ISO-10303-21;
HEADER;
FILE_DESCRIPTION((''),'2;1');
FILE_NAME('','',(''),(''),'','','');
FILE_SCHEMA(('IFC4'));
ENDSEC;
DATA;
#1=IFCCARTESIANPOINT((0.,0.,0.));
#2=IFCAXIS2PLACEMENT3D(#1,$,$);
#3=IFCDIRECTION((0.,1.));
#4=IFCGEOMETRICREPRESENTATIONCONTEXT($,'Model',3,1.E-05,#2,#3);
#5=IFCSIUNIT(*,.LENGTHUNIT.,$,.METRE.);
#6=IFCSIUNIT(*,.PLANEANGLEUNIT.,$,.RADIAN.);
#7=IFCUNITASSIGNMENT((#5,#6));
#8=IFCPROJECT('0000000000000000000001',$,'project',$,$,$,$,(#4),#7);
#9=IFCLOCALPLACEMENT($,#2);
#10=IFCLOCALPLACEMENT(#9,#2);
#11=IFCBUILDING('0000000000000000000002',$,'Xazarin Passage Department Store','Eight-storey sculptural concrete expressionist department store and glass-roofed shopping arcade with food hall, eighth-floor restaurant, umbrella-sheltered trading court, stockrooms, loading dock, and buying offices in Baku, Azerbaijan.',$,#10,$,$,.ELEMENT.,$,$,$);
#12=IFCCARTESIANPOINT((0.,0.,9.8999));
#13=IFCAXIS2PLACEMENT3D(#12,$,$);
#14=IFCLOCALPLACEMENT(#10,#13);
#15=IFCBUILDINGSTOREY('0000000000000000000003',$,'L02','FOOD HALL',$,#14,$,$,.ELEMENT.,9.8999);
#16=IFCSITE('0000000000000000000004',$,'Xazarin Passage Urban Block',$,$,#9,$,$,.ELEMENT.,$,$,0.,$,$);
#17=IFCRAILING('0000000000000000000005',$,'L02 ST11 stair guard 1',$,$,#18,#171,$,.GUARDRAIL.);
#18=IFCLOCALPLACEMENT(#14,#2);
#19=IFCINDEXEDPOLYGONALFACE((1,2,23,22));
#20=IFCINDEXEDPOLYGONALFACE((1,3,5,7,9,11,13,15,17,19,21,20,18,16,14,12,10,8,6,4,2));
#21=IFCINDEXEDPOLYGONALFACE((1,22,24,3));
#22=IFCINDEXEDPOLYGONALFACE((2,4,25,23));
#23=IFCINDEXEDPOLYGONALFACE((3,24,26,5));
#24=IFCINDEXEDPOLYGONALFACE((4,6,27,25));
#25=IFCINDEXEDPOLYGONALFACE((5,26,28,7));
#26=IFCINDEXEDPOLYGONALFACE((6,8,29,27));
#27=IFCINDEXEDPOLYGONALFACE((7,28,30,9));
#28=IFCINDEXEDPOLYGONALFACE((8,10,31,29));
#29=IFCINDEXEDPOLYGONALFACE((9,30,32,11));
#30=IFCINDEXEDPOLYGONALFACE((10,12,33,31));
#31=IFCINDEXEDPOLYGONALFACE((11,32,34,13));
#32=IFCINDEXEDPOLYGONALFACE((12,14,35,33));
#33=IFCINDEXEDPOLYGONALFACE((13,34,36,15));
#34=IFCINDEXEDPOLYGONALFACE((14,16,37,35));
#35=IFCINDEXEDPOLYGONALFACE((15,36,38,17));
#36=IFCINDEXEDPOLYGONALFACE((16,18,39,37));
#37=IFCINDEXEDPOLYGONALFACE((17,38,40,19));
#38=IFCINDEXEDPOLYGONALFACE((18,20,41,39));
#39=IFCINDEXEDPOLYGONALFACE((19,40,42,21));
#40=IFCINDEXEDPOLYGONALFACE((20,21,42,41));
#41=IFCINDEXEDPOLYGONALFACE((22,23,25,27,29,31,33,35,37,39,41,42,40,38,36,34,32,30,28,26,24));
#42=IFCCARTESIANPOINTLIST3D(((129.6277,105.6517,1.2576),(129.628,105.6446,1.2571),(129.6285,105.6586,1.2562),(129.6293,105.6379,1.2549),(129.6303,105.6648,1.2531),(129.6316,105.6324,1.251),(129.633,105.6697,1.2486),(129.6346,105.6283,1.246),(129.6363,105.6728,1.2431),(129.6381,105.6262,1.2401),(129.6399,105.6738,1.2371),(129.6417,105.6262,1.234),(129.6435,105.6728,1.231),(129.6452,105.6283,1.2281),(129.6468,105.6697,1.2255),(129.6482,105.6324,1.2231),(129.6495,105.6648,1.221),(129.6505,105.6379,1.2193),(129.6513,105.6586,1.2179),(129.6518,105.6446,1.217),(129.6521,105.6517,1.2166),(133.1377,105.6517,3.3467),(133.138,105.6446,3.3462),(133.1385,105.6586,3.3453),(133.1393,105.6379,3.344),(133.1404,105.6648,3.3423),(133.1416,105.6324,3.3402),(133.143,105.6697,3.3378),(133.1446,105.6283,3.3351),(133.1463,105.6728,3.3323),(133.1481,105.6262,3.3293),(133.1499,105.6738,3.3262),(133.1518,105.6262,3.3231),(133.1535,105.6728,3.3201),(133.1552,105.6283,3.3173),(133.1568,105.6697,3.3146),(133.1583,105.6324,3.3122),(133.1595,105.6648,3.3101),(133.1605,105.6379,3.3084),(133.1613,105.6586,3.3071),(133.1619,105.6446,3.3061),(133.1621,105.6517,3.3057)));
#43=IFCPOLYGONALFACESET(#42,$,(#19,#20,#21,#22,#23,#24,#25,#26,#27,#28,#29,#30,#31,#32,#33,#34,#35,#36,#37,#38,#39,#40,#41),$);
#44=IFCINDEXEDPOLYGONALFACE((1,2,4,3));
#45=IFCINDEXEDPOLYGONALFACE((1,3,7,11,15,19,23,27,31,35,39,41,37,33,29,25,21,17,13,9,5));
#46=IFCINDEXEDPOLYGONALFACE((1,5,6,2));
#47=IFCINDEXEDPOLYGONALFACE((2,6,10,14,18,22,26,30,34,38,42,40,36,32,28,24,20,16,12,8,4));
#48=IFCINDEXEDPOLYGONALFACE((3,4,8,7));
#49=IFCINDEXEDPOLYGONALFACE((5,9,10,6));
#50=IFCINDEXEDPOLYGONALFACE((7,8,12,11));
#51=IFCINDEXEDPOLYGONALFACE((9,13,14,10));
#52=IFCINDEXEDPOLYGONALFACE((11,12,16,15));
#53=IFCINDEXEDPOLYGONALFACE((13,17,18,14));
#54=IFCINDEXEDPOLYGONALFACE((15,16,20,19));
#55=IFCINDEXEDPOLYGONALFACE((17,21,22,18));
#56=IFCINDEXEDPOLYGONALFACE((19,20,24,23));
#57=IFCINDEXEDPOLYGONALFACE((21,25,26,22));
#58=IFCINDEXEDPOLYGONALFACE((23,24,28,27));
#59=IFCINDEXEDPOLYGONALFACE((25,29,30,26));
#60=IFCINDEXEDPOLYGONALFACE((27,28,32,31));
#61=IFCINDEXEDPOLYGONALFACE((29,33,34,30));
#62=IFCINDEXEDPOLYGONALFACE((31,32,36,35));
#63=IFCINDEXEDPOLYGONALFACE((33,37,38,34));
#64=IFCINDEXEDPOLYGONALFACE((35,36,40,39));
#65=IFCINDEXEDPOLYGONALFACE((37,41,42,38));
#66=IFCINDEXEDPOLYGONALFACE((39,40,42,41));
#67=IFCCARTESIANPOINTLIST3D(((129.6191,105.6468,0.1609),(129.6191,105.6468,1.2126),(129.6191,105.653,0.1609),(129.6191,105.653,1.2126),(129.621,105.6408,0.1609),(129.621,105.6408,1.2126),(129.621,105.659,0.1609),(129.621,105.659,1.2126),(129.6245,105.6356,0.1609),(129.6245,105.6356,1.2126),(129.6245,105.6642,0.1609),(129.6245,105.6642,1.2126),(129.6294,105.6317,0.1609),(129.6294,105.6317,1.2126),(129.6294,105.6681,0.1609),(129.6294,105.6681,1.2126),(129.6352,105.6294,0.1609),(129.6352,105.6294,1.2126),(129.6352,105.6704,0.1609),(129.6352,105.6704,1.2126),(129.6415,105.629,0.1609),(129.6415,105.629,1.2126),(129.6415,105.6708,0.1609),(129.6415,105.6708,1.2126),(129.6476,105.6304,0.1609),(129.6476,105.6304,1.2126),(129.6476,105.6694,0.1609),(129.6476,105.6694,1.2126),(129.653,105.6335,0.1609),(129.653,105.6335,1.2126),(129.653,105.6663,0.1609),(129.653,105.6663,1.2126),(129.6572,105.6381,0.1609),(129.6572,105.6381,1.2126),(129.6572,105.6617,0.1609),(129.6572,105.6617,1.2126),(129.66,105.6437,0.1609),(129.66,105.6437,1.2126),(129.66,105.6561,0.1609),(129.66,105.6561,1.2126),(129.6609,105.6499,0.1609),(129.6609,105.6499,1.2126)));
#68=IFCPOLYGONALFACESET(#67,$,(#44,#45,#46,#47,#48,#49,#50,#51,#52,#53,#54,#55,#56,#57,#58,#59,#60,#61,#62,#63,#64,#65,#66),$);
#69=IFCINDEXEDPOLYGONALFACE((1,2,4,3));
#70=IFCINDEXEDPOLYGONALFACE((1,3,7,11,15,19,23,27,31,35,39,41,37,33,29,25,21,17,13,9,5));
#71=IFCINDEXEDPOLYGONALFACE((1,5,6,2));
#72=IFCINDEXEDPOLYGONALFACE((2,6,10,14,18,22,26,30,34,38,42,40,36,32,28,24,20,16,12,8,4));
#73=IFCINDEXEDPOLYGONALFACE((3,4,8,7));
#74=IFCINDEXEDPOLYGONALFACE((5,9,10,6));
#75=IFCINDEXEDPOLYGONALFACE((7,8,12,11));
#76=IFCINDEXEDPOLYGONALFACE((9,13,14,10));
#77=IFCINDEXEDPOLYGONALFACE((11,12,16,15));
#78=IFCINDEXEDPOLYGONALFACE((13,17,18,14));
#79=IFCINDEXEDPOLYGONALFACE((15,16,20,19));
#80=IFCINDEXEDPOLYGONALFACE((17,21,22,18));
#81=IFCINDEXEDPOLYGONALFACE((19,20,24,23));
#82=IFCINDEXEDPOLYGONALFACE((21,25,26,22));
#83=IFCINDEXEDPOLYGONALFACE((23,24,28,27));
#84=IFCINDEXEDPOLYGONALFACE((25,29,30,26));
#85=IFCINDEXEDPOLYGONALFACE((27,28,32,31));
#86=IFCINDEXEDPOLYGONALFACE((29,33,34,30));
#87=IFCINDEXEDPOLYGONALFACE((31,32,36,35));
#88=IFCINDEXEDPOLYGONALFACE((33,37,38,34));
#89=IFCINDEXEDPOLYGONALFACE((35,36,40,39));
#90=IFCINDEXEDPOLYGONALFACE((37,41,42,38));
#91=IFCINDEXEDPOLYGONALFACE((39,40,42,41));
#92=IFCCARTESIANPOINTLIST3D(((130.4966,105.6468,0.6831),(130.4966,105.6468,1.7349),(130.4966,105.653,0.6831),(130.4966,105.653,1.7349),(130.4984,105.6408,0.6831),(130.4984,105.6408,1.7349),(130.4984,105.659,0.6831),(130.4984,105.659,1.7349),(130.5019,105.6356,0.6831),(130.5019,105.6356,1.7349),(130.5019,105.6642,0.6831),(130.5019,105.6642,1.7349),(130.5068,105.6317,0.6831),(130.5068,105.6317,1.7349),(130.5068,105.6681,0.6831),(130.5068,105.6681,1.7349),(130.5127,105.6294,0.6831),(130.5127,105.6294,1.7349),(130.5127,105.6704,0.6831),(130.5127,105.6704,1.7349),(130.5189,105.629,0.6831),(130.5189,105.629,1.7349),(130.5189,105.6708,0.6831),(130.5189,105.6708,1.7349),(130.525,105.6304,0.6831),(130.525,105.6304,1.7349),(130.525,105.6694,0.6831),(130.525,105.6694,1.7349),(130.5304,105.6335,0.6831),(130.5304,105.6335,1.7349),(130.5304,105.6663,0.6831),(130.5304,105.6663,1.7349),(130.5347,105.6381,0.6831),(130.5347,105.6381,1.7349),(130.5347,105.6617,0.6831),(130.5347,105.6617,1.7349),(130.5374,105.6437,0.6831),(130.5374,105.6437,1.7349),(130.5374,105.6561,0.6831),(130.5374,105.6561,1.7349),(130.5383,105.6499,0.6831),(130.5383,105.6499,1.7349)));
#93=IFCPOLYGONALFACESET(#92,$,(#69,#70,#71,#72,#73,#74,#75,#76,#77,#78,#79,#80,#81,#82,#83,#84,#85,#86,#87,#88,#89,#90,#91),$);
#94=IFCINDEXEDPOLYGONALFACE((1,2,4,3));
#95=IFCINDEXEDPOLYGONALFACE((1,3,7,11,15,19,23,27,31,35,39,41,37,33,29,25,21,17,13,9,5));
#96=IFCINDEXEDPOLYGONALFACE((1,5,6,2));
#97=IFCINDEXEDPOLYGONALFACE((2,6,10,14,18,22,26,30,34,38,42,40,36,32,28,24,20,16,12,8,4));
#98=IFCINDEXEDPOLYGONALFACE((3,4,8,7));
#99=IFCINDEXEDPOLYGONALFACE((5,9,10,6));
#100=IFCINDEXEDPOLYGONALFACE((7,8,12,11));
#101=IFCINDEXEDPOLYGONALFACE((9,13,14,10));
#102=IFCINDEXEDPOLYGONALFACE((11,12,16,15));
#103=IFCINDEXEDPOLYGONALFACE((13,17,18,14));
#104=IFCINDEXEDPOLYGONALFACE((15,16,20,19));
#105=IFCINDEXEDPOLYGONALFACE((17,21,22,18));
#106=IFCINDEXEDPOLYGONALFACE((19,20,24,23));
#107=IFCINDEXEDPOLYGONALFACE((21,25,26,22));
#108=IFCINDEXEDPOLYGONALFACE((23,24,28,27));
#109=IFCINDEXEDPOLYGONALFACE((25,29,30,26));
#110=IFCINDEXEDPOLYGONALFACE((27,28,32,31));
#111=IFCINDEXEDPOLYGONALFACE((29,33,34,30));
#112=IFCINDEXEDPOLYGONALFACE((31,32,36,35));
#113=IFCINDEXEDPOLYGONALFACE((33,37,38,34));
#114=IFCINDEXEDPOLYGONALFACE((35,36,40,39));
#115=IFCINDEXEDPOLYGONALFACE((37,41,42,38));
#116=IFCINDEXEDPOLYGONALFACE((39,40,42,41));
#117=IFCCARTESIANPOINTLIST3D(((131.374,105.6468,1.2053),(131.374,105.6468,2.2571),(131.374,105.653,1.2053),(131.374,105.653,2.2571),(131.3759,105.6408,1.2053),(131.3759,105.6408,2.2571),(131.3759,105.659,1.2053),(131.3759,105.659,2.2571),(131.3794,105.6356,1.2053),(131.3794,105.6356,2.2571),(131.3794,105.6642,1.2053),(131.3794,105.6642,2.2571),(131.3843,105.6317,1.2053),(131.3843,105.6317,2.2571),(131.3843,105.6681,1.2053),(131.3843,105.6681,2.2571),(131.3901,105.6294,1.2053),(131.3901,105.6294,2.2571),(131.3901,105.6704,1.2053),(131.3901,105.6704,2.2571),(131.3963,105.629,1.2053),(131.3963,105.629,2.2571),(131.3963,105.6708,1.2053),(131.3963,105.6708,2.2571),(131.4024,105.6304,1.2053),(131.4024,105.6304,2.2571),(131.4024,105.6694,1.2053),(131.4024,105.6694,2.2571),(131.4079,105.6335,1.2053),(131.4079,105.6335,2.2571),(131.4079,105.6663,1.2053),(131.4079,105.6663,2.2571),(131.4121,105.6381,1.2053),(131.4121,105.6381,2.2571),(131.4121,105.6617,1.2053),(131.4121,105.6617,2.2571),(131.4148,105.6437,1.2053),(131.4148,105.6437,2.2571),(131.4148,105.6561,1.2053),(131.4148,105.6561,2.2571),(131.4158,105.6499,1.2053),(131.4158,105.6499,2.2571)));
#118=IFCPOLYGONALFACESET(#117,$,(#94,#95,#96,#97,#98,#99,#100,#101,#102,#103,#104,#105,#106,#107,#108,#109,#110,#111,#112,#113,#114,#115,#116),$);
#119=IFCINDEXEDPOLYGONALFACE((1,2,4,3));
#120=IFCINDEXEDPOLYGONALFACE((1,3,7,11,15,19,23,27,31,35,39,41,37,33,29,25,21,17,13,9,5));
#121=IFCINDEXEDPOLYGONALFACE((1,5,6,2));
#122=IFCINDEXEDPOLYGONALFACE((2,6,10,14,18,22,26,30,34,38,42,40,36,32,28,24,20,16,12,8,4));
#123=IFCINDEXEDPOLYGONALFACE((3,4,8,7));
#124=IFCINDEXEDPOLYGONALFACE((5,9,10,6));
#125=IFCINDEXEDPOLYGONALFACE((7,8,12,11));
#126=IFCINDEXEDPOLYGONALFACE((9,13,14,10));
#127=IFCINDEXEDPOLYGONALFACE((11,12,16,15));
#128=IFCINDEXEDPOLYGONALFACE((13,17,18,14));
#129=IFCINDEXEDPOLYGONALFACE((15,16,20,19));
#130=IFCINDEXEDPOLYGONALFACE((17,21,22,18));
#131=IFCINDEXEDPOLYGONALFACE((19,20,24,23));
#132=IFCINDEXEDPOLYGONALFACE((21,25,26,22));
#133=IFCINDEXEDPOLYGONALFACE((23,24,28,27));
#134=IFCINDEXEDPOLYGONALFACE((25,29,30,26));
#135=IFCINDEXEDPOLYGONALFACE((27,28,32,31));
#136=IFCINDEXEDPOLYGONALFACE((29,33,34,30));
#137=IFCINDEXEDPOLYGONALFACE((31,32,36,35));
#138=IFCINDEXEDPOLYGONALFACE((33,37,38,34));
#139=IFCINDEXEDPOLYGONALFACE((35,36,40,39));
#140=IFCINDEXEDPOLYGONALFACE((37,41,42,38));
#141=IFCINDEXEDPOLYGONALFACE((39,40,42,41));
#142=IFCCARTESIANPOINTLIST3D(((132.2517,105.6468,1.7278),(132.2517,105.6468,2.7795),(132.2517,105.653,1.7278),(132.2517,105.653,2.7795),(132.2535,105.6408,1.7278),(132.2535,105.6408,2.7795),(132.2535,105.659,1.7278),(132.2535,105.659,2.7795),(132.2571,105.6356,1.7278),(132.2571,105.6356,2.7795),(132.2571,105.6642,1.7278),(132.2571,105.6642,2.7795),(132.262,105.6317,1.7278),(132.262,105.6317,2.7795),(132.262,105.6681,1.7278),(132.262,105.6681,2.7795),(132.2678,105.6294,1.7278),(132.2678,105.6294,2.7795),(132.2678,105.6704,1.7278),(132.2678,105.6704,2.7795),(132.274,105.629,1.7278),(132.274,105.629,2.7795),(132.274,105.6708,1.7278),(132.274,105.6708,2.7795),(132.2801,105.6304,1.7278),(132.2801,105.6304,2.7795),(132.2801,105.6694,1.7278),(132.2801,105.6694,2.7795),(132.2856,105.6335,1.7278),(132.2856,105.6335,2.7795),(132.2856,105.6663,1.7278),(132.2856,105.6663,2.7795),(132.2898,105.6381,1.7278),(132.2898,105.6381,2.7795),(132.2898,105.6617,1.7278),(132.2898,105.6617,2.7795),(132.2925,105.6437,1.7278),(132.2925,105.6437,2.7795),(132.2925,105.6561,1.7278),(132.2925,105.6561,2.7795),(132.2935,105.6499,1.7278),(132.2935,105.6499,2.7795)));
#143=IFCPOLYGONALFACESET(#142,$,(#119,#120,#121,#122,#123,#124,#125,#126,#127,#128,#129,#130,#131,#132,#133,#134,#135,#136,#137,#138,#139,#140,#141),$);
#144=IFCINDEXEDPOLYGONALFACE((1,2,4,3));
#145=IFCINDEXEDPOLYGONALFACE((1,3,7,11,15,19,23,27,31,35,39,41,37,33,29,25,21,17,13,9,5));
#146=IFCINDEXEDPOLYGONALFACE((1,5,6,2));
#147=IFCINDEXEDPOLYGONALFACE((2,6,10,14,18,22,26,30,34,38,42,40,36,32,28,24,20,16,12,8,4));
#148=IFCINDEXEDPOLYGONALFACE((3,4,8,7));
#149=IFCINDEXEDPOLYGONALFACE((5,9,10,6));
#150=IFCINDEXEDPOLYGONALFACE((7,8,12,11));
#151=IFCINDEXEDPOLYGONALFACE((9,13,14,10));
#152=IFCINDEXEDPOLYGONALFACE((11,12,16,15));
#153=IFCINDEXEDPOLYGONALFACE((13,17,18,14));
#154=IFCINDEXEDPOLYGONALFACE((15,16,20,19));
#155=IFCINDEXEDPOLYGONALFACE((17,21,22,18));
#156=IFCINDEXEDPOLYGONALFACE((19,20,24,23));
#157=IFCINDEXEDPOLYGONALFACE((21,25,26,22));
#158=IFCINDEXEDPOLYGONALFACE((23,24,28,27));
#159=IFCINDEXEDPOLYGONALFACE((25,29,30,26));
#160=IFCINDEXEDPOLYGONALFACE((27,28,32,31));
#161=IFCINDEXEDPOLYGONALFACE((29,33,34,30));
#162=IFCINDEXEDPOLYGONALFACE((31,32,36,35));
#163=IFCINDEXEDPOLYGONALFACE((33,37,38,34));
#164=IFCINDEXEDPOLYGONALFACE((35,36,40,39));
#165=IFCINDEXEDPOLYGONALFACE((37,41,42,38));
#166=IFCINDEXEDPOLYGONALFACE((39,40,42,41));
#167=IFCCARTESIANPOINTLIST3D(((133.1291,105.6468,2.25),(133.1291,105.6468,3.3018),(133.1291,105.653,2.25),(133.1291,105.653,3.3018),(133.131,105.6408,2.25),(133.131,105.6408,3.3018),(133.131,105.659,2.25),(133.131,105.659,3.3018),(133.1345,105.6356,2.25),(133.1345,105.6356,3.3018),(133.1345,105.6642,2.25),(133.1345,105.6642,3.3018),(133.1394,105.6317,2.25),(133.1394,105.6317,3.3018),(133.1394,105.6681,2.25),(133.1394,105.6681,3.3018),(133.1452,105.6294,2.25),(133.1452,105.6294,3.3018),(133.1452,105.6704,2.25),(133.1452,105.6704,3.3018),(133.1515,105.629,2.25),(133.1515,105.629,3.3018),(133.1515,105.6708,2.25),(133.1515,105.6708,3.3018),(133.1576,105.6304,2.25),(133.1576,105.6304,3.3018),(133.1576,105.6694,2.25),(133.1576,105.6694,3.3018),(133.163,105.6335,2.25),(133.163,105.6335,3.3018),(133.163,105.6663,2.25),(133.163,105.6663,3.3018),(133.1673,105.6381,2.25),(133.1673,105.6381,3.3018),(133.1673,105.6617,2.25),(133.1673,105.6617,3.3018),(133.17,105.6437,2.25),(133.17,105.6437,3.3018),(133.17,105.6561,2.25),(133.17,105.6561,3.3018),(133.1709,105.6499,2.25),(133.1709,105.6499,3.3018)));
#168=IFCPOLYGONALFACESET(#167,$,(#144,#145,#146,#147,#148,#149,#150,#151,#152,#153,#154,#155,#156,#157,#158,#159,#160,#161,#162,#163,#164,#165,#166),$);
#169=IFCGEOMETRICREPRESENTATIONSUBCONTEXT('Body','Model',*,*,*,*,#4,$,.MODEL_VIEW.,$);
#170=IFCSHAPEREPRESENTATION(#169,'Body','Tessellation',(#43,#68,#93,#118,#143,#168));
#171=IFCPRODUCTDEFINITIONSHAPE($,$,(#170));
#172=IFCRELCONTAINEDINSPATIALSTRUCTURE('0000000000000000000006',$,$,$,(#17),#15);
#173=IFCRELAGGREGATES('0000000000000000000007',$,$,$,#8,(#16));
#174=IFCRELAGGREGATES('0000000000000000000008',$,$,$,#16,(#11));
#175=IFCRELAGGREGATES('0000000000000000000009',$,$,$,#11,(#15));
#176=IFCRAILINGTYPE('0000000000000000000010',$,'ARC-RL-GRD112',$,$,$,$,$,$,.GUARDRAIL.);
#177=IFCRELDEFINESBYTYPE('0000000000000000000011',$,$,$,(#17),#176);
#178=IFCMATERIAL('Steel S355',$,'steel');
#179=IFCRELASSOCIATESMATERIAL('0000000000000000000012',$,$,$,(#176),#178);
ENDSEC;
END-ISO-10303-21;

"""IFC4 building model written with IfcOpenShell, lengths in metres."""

from ifc_helpers import new_model, si_unit, direction, frame, origin, origin_2d, place, context, subcontext, project, spatial, circle, extrude, material, type_object, element, save


model = new_model("IFC4")

# Units and contexts
model_context = context("Model", 3, precision=1e-05, world=origin(), true_north=direction((0.0, 1.0)))
body_context = subcontext(model_context, "Body", "Model", "MODEL_VIEW")
ifc_project = project(units=[si_unit("LENGTHUNIT", "METRE"), si_unit("PLANEANGLEUNIT", "RADIAN")], contexts=[model_context])

# Site, building, storey
site_placement = place(None, origin())
site = spatial("IfcSite", under=ifc_project, at=site_placement, Name="Xazarin Passage Urban Block", CompositionType="ELEMENT", RefElevation=0.0)
building_placement = place(site_placement, origin())
building = spatial("IfcBuilding", under=site, at=building_placement, Name="Xazarin Passage Department Store", Description="Eight-storey sculptural concrete expressionist department store and glass-roofed shopping arcade with food hall, eighth-floor restaurant, umbrella-sheltered trading court, stockrooms, loading dock, and buying offices in Baku, Azerbaijan.", CompositionType="ELEMENT")
storey_placement = place(building_placement, frame((0.0, 0.0, 9.8999)))
storey = spatial("IfcBuildingStorey", under=building, at=storey_placement, Name="L02", Description="FOOD HALL", CompositionType="ELEMENT", Elevation=9.8999)

# Shared definitions
ifc_material_1 = material(Name="Steel S355", Category="steel")

# Railing
railing_type_1 = type_object("IfcRailingType", Name="ARC-RL-GRD112", PredefinedType="GUARDRAIL", material=ifc_material_1)
railing_1_placement = place(storey_placement, frame((129.6399, 105.6499, 0.1609)))
element("IfcRailing", 1, at=railing_1_placement, inside=storey, type_object=railing_type_1, Name="L02 ST11 stair guard 1", PredefinedType="GUARDRAIL", context=body_context, shape_type="SweptSolid", body=[
    extrude(circle(Radius=0.0239, at=origin_2d()), frame((0.0, 0.0, 1.0762), z_axis=(0.859312, 0.0, 0.511451), x_axis=(0.0, 1.0, 0.0)), (0.0, 0.0, 1.0), 4.0847),
    extrude(circle(Radius=0.021, at=origin_2d()), origin(), (0.0, 0.0, 1.0), 1.0518),
    extrude(circle(Radius=0.021, at=origin_2d()), frame((0.8774, 0.0, 0.5222)), (0.0, 0.0, 1.0), 1.0518),
    extrude(circle(Radius=0.021, at=origin_2d()), frame((1.7549, 0.0, 1.0444)), (0.0, 0.0, 1.0), 1.0518),
    extrude(circle(Radius=0.021, at=origin_2d()), frame((2.6326, 0.0, 1.5669)), (0.0, 0.0, 1.0), 1.0518),
    extrude(circle(Radius=0.021, at=origin_2d()), frame((3.51, 0.0, 2.0891)), (0.0, 0.0, 1.0), 1.0518),
])

save(model, "model.ifc")
